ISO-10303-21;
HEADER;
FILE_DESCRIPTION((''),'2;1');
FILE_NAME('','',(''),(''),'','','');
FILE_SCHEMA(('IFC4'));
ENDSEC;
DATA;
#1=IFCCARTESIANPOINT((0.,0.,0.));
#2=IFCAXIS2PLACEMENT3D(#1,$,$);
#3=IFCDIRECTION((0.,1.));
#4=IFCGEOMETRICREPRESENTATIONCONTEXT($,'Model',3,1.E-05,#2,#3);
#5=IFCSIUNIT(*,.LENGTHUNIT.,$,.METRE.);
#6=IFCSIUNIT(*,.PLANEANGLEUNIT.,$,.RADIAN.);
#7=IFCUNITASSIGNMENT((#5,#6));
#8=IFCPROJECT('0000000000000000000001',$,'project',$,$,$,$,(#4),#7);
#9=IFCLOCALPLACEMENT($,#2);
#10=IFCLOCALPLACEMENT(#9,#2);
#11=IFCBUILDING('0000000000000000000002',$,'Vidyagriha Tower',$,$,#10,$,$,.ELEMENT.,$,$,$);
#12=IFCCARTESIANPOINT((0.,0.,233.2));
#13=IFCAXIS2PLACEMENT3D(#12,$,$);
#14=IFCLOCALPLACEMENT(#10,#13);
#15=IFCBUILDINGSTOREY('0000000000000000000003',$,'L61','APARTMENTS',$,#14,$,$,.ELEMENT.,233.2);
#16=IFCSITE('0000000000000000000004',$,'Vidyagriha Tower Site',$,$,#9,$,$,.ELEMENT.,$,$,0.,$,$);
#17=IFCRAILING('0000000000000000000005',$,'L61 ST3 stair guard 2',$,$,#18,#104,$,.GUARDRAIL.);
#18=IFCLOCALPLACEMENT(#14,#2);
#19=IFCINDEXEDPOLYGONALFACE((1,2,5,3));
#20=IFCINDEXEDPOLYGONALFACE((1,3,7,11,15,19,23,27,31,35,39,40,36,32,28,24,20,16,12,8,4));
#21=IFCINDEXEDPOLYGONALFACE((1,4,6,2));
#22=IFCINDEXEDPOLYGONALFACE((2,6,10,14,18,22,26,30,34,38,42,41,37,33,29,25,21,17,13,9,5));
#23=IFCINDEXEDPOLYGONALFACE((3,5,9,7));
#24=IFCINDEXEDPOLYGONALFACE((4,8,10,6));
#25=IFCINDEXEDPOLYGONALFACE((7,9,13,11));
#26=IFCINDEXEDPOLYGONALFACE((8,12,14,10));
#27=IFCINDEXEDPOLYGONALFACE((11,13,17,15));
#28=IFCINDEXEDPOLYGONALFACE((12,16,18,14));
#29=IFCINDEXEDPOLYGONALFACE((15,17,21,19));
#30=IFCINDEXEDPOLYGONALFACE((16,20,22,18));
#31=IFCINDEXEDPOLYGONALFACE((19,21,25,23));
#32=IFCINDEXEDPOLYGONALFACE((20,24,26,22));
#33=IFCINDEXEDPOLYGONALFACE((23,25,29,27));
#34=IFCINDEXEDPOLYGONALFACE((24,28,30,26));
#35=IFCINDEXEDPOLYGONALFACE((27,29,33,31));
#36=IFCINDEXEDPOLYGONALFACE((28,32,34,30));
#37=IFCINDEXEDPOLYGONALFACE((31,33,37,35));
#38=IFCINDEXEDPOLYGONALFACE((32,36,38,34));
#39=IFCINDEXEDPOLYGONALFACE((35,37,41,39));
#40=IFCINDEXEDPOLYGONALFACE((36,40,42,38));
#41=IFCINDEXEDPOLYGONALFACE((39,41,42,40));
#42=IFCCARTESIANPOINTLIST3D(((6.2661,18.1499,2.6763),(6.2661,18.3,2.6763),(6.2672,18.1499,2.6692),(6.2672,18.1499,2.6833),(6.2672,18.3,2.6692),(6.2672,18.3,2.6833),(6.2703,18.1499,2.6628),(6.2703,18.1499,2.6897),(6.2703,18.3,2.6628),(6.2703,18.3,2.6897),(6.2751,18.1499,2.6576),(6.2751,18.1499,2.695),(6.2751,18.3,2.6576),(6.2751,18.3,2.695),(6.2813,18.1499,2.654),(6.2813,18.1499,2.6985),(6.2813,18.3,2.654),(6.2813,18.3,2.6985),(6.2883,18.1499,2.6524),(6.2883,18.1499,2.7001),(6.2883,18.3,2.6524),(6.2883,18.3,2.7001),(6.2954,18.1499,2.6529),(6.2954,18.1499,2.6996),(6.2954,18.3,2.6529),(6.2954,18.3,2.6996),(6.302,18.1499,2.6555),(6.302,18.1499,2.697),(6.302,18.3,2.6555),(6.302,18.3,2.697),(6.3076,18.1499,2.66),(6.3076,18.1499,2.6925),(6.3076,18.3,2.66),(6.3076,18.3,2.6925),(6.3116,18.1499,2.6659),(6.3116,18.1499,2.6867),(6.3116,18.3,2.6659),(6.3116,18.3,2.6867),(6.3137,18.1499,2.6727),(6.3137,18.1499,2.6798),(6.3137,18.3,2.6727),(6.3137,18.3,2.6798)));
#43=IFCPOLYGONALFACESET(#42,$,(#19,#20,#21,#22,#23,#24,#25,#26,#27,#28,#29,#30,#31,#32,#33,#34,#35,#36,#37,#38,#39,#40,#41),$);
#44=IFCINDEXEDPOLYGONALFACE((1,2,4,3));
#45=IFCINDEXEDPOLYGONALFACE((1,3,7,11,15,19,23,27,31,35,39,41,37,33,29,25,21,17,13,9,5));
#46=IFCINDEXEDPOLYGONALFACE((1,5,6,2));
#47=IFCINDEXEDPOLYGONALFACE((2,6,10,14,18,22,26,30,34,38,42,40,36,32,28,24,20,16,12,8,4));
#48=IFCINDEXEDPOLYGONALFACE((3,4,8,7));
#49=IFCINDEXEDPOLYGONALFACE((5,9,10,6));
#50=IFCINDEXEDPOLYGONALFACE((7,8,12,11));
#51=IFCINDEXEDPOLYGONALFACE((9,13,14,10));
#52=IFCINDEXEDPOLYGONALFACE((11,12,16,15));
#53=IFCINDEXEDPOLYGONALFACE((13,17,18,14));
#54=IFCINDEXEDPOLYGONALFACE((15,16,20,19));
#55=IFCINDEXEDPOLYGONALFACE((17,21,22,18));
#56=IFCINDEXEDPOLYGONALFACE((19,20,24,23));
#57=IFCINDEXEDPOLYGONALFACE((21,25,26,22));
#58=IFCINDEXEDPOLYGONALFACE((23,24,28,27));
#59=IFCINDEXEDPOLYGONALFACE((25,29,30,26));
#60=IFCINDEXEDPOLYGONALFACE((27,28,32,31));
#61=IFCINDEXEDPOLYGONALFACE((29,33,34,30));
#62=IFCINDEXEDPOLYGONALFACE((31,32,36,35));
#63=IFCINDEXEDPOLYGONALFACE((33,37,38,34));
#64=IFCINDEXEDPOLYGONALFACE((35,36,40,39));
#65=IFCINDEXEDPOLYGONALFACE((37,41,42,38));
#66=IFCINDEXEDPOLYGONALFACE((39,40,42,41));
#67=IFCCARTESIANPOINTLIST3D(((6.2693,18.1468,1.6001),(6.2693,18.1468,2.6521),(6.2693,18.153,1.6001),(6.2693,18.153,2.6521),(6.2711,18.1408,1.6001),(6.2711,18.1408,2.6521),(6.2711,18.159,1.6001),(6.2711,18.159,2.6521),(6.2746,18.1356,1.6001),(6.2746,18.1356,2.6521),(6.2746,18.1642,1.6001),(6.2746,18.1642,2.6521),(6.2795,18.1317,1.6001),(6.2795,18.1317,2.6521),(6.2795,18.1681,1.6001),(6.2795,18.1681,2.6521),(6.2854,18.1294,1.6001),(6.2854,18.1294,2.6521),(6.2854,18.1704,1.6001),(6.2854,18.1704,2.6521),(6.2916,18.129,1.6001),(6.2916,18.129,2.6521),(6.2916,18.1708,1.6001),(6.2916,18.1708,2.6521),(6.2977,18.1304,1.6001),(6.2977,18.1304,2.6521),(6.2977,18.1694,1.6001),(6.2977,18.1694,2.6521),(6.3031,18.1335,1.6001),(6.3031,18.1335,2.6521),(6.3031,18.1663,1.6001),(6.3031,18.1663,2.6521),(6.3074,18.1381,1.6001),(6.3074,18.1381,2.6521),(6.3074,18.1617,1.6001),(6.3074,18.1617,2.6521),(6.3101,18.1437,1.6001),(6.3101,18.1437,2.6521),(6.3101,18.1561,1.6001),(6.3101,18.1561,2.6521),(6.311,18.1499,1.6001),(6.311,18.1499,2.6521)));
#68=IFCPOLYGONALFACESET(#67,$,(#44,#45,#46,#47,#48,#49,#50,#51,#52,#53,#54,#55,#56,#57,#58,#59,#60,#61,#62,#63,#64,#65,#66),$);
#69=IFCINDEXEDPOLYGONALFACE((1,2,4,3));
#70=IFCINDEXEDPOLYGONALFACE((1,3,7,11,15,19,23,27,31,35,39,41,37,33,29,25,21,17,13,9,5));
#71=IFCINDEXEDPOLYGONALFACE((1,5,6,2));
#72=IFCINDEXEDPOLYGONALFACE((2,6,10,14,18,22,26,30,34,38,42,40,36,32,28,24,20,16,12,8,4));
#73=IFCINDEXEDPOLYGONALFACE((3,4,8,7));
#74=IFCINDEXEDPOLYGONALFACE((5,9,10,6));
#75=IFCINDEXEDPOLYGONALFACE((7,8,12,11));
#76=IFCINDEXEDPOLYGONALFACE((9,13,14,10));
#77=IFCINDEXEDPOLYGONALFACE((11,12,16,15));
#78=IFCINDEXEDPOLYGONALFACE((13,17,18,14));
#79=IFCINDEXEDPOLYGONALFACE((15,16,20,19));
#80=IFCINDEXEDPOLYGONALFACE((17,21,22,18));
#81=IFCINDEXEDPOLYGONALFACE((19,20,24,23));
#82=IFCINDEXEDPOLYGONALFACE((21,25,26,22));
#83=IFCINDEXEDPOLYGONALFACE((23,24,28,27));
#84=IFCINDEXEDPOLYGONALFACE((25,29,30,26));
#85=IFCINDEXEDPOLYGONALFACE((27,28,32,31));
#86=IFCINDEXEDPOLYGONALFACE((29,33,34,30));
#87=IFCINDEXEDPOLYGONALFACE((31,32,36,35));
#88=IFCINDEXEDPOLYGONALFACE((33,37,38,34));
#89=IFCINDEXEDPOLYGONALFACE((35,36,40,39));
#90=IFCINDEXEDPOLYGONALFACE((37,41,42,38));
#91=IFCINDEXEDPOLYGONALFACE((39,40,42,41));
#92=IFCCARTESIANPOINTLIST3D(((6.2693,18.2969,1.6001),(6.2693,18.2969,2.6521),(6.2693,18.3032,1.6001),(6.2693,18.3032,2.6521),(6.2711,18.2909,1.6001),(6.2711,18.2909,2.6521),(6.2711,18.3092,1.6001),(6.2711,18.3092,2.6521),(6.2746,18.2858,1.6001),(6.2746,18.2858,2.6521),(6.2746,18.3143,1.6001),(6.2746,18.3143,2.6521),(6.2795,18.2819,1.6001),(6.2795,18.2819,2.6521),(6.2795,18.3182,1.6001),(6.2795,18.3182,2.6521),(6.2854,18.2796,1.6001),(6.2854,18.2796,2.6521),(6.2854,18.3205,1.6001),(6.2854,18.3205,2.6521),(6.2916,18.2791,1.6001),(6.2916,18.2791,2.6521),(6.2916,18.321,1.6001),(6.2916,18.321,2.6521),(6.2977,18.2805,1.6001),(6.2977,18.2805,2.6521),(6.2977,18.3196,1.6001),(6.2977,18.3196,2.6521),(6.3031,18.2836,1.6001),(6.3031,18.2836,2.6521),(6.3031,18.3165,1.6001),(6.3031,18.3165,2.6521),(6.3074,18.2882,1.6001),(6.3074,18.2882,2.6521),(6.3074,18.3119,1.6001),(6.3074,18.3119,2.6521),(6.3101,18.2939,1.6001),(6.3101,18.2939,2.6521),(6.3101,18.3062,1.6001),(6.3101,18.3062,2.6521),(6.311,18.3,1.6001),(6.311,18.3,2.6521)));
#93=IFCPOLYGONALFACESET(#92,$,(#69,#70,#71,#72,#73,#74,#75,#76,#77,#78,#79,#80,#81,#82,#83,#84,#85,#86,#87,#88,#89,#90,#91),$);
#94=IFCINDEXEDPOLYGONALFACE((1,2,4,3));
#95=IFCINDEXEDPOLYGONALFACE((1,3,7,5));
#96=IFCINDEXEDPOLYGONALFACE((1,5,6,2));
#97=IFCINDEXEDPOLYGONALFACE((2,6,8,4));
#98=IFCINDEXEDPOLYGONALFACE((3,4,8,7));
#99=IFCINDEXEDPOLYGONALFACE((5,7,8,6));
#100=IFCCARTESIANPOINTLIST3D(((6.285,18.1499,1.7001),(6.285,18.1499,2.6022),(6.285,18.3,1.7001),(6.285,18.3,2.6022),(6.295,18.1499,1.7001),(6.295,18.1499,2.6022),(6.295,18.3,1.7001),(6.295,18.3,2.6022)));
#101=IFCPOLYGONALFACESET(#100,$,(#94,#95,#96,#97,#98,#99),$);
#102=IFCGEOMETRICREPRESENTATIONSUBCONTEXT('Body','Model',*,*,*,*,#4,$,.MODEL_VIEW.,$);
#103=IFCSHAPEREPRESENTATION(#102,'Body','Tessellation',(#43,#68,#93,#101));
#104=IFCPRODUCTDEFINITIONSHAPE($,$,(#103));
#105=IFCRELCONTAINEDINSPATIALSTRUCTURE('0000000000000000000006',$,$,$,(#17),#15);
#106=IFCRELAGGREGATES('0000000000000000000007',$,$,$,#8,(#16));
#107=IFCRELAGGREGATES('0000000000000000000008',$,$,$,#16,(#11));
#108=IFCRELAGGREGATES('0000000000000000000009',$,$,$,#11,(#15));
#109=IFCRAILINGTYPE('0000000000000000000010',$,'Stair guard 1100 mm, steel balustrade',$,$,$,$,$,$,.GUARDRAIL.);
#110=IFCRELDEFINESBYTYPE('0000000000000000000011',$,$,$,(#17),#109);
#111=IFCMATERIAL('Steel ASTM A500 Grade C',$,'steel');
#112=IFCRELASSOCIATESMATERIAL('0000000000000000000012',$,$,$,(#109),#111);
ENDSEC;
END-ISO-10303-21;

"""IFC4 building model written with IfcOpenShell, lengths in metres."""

from ifc_helpers import new_model, si_unit, direction, frame, origin, origin_2d, place, context, subcontext, project, spatial, rectangle, circle, extrude, material, type_object, element, save


model = new_model("IFC4")

# Units and contexts
model_context = context("Model", 3, precision=1e-05, world=origin(), true_north=direction((0.0, 1.0)))
body_context = subcontext(model_context, "Body", "Model", "MODEL_VIEW")
ifc_project = project(units=[si_unit("LENGTHUNIT", "METRE"), si_unit("PLANEANGLEUNIT", "RADIAN")], contexts=[model_context])

# Site, building, storey
site_placement = place(None, origin())
site = spatial("IfcSite", under=ifc_project, at=site_placement, Name="Vidyagriha Tower Site", CompositionType="ELEMENT", RefElevation=0.0)
building_placement = place(site_placement, origin())
building = spatial("IfcBuilding", under=site, at=building_placement, Name="Vidyagriha Tower", CompositionType="ELEMENT")
storey_placement = place(building_placement, frame((0.0, 0.0, 233.2)))
storey = spatial("IfcBuildingStorey", under=building, at=storey_placement, Name="L61", Description="APARTMENTS", CompositionType="ELEMENT", Elevation=233.2)

# Railing
ifc_material_1 = material(Name="Steel ASTM A500 Grade C", Category="steel")
railing_type_1 = type_object("IfcRailingType", Name="Stair guard 1100 mm, steel balustrade", PredefinedType="GUARDRAIL", material=ifc_material_1)
railing_1_placement = place(storey_placement, frame((6.29, 18.1499, 1.6001)))
element("IfcRailing", 1, at=railing_1_placement, inside=storey, type_object=railing_type_1, Name="L61 ST3 stair guard 2", PredefinedType="GUARDRAIL", context=body_context, shape_type="SweptSolid", body=[
    extrude(circle(Radius=0.0239, at=origin_2d()), frame((0.0, 0.0, 1.0762), z_axis=(0.0, 1.0, 0.0), x_axis=(-1.0, 0.0, 0.0)), (0.0, 0.0, 1.0), 0.1501),
    extrude(circle(Radius=0.021, at=origin_2d()), origin(), (0.0, 0.0, 1.0), 1.052),
    extrude(circle(Radius=0.021, at=origin_2d()), frame((0.0, 0.1501, 0.0)), (0.0, 0.0, 1.0), 1.052),
    extrude(rectangle(XDim=0.01, YDim=0.9021, at=origin_2d()), frame((0.0, 0.0, 0.551), z_axis=(0.0, 1.0, 0.0), x_axis=(-1.0, 0.0, 0.0)), (0.0, 0.0, 1.0), 0.1501),
])

save(model, "model.ifc")
